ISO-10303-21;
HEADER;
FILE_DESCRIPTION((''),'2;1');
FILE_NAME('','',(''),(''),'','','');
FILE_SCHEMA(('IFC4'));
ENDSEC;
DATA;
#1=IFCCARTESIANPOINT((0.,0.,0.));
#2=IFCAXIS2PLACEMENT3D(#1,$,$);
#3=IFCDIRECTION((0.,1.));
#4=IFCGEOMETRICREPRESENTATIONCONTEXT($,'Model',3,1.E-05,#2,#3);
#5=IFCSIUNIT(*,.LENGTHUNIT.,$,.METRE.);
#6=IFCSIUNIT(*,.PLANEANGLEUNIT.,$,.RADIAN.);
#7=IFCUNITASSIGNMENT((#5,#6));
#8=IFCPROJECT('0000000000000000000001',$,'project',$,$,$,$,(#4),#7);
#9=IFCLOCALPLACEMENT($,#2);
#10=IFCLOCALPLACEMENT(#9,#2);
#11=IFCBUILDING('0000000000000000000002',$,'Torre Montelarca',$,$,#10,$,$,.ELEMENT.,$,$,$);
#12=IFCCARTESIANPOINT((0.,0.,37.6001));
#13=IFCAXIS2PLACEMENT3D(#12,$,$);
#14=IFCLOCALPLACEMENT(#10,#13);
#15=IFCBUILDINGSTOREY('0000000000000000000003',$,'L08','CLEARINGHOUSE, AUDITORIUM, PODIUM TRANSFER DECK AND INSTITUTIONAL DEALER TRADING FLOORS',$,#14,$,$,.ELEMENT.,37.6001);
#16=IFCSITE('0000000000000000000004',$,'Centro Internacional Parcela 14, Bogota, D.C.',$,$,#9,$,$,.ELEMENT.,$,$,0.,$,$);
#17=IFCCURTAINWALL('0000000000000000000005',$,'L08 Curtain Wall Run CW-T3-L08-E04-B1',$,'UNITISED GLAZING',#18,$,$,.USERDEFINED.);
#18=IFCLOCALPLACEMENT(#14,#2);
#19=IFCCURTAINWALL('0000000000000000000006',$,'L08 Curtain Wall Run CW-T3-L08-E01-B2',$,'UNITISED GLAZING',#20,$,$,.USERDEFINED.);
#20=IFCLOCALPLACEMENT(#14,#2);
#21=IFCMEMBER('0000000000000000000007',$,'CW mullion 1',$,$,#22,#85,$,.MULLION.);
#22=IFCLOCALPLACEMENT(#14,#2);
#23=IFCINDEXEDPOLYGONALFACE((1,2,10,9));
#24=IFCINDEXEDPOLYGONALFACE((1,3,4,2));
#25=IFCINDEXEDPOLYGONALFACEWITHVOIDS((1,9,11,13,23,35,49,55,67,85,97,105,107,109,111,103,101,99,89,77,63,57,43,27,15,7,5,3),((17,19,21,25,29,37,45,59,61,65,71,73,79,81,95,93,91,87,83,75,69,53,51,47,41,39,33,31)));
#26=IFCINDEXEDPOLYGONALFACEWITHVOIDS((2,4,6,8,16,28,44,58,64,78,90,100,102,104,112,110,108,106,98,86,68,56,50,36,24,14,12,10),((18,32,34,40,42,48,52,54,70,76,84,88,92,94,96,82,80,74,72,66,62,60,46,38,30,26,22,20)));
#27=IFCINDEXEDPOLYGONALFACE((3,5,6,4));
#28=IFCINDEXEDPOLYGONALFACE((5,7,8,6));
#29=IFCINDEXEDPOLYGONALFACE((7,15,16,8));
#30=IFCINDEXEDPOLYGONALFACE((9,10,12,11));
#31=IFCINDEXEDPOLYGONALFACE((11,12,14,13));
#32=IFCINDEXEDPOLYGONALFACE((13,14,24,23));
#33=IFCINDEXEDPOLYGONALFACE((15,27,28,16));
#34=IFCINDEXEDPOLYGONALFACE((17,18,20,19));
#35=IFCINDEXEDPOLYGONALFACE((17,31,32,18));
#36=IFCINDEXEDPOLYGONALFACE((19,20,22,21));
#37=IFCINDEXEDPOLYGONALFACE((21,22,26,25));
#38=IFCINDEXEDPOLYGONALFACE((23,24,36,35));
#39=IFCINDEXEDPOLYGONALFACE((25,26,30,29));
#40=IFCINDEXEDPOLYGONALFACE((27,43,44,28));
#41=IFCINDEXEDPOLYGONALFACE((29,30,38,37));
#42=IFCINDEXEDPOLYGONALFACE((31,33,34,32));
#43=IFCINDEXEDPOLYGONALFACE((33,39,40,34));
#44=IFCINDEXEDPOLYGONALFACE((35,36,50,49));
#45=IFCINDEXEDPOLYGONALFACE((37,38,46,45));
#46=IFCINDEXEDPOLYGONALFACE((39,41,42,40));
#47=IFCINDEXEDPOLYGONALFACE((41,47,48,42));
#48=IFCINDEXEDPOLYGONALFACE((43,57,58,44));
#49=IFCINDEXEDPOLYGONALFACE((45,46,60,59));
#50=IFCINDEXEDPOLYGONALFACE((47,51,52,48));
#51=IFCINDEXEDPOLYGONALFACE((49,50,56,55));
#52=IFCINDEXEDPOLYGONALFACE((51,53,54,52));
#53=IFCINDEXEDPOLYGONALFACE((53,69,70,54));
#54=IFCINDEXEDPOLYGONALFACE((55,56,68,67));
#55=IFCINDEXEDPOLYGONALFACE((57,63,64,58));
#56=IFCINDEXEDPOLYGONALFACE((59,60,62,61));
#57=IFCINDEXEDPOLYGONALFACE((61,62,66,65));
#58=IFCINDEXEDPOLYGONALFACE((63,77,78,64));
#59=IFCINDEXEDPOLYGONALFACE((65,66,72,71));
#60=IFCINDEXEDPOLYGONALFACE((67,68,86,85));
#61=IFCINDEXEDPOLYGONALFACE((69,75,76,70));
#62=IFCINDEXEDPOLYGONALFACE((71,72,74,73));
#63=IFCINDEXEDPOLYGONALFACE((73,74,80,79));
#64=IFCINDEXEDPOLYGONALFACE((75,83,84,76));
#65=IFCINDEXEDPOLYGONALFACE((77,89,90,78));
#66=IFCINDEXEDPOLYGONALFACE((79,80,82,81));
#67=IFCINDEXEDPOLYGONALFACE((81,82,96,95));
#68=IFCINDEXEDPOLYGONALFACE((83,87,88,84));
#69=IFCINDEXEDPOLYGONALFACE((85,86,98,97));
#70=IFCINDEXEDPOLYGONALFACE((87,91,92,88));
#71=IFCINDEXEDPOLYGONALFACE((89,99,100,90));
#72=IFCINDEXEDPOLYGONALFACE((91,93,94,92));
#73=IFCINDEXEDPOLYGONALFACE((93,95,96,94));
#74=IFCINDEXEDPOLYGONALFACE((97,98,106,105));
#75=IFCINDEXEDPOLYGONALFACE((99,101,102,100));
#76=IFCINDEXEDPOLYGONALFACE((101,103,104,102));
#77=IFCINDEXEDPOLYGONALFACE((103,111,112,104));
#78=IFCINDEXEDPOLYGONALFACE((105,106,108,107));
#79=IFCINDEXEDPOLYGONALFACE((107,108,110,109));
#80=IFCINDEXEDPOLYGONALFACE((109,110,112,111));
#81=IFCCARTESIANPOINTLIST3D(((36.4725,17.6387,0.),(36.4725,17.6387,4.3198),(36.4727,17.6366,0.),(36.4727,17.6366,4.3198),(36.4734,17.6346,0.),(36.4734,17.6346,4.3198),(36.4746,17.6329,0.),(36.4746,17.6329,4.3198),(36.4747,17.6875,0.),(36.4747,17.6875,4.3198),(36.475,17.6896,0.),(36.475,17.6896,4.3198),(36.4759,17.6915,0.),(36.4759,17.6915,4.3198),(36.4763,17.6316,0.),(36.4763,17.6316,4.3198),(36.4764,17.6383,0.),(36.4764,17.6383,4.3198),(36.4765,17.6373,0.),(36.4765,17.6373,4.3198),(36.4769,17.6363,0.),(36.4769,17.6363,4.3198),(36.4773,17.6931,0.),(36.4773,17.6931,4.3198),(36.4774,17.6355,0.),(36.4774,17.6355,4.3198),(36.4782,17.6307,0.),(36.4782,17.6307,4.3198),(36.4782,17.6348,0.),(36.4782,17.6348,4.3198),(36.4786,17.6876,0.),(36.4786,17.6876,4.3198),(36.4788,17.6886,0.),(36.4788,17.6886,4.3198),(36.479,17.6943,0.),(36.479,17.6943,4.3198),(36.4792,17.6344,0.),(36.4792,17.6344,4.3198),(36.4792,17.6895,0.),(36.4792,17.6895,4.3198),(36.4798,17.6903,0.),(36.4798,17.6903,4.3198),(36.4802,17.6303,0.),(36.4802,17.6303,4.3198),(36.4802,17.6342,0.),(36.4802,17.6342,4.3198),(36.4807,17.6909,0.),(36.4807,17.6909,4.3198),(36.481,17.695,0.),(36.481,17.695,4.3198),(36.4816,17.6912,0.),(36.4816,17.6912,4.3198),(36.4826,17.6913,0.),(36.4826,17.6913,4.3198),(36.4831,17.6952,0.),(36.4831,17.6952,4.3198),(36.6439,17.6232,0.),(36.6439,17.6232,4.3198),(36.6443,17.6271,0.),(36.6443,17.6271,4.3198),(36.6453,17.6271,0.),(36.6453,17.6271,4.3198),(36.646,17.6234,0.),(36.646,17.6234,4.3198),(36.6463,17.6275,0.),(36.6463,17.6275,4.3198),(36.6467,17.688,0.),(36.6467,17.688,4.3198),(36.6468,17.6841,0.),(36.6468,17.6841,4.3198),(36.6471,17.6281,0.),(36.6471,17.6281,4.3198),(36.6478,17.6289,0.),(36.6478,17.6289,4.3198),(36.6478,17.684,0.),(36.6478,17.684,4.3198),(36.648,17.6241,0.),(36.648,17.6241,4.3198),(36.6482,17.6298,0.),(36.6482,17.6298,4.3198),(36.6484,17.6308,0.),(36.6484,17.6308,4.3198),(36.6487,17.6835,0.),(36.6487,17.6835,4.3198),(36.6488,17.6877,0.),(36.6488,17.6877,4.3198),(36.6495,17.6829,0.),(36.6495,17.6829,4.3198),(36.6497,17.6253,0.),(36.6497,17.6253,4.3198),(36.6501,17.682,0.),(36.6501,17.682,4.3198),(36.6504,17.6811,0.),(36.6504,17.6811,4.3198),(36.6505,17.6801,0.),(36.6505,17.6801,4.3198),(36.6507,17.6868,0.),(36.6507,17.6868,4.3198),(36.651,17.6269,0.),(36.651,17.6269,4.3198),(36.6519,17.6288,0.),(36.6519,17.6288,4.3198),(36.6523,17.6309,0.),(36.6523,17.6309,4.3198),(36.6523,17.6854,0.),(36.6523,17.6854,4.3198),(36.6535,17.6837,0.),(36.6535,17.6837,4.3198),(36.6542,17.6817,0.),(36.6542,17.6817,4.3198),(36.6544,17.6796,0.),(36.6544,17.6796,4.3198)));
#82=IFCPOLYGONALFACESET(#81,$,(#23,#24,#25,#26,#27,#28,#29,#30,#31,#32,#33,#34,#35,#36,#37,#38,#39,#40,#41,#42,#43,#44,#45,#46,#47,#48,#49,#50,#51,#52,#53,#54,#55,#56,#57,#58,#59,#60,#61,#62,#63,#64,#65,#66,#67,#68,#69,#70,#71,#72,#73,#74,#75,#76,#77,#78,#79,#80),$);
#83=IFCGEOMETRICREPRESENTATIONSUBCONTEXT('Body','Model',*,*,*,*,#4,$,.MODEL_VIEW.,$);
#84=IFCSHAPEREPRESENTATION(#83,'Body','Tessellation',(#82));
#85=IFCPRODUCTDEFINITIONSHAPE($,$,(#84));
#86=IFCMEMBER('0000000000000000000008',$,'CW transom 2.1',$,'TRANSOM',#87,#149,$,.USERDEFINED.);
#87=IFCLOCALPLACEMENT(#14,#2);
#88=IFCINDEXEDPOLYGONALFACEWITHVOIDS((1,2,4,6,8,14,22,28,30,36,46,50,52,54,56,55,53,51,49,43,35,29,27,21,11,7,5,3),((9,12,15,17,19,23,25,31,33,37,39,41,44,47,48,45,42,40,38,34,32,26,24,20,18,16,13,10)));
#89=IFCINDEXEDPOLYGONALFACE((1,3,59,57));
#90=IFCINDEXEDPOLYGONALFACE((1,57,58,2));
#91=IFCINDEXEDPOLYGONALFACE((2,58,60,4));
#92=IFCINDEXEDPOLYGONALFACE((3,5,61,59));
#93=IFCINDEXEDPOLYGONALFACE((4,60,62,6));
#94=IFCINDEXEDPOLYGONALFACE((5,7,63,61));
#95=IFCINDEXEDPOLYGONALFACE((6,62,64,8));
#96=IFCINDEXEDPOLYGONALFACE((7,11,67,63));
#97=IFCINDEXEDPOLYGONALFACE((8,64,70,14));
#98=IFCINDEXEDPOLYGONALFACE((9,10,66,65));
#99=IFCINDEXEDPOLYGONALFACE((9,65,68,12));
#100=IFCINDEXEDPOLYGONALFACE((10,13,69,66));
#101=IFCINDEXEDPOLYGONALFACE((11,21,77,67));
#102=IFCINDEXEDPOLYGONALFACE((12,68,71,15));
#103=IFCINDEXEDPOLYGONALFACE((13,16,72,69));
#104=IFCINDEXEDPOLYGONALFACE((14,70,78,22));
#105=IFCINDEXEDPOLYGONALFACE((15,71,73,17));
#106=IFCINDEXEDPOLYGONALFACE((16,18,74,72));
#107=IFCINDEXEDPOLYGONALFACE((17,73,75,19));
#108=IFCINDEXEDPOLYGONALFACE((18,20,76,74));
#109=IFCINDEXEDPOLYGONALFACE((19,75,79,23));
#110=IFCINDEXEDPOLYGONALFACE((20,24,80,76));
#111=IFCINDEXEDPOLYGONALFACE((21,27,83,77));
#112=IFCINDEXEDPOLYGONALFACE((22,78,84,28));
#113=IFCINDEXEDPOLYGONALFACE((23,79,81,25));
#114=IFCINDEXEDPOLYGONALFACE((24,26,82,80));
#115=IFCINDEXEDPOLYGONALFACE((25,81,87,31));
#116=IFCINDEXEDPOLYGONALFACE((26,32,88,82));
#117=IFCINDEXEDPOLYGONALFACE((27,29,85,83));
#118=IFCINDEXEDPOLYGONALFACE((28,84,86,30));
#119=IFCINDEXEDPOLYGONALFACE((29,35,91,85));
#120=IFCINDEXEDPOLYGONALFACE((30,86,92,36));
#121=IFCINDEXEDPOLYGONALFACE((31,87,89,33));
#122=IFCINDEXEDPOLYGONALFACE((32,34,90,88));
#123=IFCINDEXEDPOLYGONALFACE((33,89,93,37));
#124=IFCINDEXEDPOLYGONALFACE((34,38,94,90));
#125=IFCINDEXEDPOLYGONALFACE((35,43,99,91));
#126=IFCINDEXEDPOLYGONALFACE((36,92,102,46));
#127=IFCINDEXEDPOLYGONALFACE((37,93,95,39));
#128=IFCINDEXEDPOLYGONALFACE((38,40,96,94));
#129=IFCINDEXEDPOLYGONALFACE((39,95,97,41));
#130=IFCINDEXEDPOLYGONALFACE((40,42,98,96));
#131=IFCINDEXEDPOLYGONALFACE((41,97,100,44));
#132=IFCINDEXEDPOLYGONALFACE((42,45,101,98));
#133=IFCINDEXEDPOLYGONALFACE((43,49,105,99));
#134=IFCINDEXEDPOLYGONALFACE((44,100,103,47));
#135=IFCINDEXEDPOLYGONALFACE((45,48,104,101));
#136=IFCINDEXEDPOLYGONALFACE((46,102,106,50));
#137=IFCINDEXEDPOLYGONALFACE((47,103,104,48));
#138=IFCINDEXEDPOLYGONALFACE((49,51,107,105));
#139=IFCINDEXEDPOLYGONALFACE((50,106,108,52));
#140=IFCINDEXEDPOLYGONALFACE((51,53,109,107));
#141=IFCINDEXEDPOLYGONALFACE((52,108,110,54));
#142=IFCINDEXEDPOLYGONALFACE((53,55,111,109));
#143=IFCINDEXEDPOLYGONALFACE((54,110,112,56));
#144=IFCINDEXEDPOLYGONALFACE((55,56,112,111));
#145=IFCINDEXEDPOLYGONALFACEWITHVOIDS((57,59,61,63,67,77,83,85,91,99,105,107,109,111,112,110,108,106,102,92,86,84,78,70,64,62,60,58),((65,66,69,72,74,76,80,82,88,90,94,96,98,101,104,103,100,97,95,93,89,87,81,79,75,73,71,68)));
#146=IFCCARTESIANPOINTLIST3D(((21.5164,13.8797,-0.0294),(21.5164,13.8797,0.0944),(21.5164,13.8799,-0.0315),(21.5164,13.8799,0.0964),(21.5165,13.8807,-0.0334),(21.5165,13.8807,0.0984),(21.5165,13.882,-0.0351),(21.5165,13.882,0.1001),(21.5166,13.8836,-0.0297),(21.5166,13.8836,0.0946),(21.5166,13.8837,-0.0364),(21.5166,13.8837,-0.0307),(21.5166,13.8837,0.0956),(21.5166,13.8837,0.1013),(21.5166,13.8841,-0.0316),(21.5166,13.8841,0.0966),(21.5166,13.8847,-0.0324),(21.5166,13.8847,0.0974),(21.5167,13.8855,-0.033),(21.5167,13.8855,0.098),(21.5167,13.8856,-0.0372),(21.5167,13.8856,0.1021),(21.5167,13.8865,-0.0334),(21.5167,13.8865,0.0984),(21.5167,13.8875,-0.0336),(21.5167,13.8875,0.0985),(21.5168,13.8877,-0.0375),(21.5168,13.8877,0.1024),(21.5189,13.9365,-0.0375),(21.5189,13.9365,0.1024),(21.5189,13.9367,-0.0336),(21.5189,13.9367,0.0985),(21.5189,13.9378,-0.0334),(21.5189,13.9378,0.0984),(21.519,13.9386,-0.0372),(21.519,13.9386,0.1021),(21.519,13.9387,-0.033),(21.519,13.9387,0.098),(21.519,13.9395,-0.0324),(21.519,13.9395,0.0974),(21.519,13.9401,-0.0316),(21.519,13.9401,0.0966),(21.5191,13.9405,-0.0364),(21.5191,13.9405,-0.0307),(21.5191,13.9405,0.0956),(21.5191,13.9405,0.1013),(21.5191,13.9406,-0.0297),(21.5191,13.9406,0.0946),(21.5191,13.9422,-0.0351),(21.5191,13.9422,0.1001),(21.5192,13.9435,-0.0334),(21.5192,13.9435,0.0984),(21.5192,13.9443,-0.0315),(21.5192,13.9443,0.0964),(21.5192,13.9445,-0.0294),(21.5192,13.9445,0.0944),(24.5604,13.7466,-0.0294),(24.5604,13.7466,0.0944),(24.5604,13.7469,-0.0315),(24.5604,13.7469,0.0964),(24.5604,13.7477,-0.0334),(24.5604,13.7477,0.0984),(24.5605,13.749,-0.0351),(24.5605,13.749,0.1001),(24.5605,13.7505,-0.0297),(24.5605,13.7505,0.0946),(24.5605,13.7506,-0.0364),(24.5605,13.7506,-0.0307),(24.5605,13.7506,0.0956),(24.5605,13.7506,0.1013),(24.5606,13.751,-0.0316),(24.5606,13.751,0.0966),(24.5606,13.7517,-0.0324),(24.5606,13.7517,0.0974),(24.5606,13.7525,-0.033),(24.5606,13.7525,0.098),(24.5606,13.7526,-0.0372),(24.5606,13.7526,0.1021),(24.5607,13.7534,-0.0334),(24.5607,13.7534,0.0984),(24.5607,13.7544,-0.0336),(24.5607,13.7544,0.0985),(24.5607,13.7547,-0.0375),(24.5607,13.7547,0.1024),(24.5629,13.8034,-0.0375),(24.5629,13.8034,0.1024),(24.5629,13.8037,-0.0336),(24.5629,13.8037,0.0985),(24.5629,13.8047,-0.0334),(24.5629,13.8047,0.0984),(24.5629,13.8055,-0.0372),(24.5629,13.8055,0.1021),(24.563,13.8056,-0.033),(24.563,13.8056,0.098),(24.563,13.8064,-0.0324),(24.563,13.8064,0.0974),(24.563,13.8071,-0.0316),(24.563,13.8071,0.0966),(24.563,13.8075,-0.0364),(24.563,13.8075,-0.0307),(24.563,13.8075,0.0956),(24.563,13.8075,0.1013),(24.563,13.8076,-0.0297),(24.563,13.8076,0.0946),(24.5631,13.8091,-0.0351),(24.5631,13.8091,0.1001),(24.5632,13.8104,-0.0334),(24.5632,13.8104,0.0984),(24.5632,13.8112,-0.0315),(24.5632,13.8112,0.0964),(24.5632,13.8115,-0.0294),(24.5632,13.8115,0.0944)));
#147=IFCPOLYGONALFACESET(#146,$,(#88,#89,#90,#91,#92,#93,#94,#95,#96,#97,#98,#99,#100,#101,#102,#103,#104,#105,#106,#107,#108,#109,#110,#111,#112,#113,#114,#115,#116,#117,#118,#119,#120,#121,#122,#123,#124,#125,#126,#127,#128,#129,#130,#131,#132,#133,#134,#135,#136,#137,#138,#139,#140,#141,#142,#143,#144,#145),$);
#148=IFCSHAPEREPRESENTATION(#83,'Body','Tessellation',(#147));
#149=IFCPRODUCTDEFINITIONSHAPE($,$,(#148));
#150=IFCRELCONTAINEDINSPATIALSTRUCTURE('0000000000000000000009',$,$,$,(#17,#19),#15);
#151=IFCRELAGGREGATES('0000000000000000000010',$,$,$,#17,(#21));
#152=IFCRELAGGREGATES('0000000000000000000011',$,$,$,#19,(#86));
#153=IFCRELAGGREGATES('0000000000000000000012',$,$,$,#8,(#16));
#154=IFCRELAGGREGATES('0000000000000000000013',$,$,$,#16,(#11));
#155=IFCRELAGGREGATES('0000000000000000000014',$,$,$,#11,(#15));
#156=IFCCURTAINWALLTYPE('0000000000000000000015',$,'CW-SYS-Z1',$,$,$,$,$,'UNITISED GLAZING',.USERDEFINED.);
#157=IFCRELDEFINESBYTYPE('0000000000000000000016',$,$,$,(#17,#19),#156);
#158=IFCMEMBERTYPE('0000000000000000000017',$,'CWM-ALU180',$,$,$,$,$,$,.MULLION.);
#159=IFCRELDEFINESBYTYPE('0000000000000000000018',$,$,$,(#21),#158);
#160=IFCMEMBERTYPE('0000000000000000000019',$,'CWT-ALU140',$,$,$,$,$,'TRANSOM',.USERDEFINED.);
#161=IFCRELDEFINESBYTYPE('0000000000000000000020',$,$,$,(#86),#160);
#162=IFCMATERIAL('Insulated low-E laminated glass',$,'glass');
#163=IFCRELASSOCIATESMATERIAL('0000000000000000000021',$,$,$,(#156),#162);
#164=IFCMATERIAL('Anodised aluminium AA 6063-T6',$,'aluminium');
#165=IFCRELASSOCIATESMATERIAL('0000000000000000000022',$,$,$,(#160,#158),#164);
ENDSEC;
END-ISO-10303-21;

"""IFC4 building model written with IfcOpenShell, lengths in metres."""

from ifc_helpers import new_model, si_unit, direction, frame, origin, origin_2d, place, context, subcontext, project, spatial, hollow_rectangle, extrude, source, transform, mapped, material, material_profile, profile_set, type_object, element, aggregate, save


model = new_model("IFC4")

# Units and contexts
model_context = context("Model", 3, precision=1e-05, world=origin(), true_north=direction((0.0, 1.0)))
body_context = subcontext(model_context, "Body", "Model", "MODEL_VIEW")
ifc_project = project(units=[si_unit("LENGTHUNIT", "METRE"), si_unit("PLANEANGLEUNIT", "RADIAN")], contexts=[model_context])

# Site, building, storey
site_placement = place(None, origin())
site = spatial("IfcSite", under=ifc_project, at=site_placement, Name="Centro Internacional Parcela 14, Bogota, D.C.", CompositionType="ELEMENT", RefElevation=0.0)
building_placement = place(site_placement, origin())
building = spatial("IfcBuilding", under=site, at=building_placement, Name="Torre Montelarca", CompositionType="ELEMENT")
storey_placement = place(building_placement, frame((0.0, 0.0, 37.6001)))
storey = spatial("IfcBuildingStorey", under=building, at=storey_placement, Name="L08", Description="CLEARINGHOUSE, AUDITORIUM, PODIUM TRANSFER DECK AND INSTITUTIONAL DEALER TRADING FLOORS", CompositionType="ELEMENT", Elevation=37.6001)

# Curtain walls
ifc_material_1 = material(Name="Insulated low-E laminated glass", Category="glass")
curtain_wall_type = type_object("IfcCurtainWallType", Name="CW-SYS-Z1", ElementType="UNITISED GLAZING", PredefinedType="USERDEFINED", material=ifc_material_1)
ifc_material_2 = material(Name="Anodised aluminium AA 6063-T6", Category="aluminium")
ifc_material_profile_1 = material_profile(ifc_material_2, hollow_rectangle(XDim=0.0649, YDim=0.1399, WallThickness=0.0039, InnerFilletRadius=0.0039, OuterFilletRadius=0.0081, at=origin_2d()), Name="ALU65X140X4", Category="aluminium")
ifc_profile_set_1 = profile_set([ifc_material_profile_1], Name="Anodised aluminium AA 6063-T6")
member_type_1 = type_object("IfcMemberType", Name="CWT-ALU140", ElementType="TRANSOM", PredefinedType="USERDEFINED", material=ifc_profile_set_1)
curtain_wall_1_placement = place(storey_placement, origin())
curtain_wall_1 = element("IfcCurtainWall", 1, at=curtain_wall_1_placement, inside=storey, type_object=curtain_wall_type, Name="L08 Curtain Wall Run CW-T3-L08-E04-B1", ObjectType="UNITISED GLAZING", PredefinedType="USERDEFINED")
curtain_wall_2_placement = place(storey_placement, origin())
curtain_wall_2 = element("IfcCurtainWall", 2, at=curtain_wall_2_placement, inside=storey, type_object=curtain_wall_type, Name="L08 Curtain Wall Run CW-T3-L08-E01-B2", ObjectType="UNITISED GLAZING", PredefinedType="USERDEFINED")
ifc_material_profile_2 = material_profile(ifc_material_2, hollow_rectangle(XDim=0.0649, YDim=0.1799, WallThickness=0.0039, InnerFilletRadius=0.0039, OuterFilletRadius=0.0081, at=origin_2d()), Name="ALU65X180X4", Category="aluminium")
ifc_profile_set_2 = profile_set([ifc_material_profile_2], Name="Anodised aluminium AA 6063-T6")
member_type_2 = type_object("IfcMemberType", Name="CWM-ALU180", PredefinedType="MULLION", material=ifc_profile_set_2)
shared_shape_1 = source(origin(), body_context, "Body", "SweptSolid", [
    extrude(hollow_rectangle(XDim=0.0649, YDim=0.1799, WallThickness=0.0039, InnerFilletRadius=0.0039, OuterFilletRadius=0.0081, at=origin_2d()), origin(), (0.0, 0.0, 1.0), 4.3198),
])

# Members
member_1_placement = place(storey_placement, frame((36.5635, 17.6592, 0.0), z_axis=(0.0, 0.0, 1.0), x_axis=(0.043617, 0.999048, 0.0)))
member_1 = element("IfcMember", 3, at=member_1_placement, type_object=member_type_2, Name="CW mullion 1", PredefinedType="MULLION", context=body_context, shape_type="MappedRepresentation", body=[
    mapped(shared_shape_1, transform((0.0, 0.0, 0.0), scale=1.0)),
])
aggregate(curtain_wall_1, [member_1])
shared_shape_2 = source(origin(), body_context, "Body", "SweptSolid", [
    extrude(hollow_rectangle(XDim=0.0649, YDim=0.1399, WallThickness=0.0039, InnerFilletRadius=0.0039, OuterFilletRadius=0.0081, at=origin_2d()), origin(), (0.0, 0.0, 1.0), 3.0469),
])
member_2_placement = place(storey_placement, frame((21.5178, 13.9121, 0.0325), z_axis=(0.999046, -0.04367, 0.0), x_axis=(0.04367, 0.999046, 0.0)))
member_2 = element("IfcMember", 4, at=member_2_placement, type_object=member_type_1, Name="CW transom 2.1", ObjectType="TRANSOM", PredefinedType="USERDEFINED", context=body_context, shape_type="MappedRepresentation", body=[
    mapped(shared_shape_2, transform((0.0, 0.0, 0.0), scale=1.0)),
])

aggregate(curtain_wall_2, [member_2])

save(model, "model.ifc")
